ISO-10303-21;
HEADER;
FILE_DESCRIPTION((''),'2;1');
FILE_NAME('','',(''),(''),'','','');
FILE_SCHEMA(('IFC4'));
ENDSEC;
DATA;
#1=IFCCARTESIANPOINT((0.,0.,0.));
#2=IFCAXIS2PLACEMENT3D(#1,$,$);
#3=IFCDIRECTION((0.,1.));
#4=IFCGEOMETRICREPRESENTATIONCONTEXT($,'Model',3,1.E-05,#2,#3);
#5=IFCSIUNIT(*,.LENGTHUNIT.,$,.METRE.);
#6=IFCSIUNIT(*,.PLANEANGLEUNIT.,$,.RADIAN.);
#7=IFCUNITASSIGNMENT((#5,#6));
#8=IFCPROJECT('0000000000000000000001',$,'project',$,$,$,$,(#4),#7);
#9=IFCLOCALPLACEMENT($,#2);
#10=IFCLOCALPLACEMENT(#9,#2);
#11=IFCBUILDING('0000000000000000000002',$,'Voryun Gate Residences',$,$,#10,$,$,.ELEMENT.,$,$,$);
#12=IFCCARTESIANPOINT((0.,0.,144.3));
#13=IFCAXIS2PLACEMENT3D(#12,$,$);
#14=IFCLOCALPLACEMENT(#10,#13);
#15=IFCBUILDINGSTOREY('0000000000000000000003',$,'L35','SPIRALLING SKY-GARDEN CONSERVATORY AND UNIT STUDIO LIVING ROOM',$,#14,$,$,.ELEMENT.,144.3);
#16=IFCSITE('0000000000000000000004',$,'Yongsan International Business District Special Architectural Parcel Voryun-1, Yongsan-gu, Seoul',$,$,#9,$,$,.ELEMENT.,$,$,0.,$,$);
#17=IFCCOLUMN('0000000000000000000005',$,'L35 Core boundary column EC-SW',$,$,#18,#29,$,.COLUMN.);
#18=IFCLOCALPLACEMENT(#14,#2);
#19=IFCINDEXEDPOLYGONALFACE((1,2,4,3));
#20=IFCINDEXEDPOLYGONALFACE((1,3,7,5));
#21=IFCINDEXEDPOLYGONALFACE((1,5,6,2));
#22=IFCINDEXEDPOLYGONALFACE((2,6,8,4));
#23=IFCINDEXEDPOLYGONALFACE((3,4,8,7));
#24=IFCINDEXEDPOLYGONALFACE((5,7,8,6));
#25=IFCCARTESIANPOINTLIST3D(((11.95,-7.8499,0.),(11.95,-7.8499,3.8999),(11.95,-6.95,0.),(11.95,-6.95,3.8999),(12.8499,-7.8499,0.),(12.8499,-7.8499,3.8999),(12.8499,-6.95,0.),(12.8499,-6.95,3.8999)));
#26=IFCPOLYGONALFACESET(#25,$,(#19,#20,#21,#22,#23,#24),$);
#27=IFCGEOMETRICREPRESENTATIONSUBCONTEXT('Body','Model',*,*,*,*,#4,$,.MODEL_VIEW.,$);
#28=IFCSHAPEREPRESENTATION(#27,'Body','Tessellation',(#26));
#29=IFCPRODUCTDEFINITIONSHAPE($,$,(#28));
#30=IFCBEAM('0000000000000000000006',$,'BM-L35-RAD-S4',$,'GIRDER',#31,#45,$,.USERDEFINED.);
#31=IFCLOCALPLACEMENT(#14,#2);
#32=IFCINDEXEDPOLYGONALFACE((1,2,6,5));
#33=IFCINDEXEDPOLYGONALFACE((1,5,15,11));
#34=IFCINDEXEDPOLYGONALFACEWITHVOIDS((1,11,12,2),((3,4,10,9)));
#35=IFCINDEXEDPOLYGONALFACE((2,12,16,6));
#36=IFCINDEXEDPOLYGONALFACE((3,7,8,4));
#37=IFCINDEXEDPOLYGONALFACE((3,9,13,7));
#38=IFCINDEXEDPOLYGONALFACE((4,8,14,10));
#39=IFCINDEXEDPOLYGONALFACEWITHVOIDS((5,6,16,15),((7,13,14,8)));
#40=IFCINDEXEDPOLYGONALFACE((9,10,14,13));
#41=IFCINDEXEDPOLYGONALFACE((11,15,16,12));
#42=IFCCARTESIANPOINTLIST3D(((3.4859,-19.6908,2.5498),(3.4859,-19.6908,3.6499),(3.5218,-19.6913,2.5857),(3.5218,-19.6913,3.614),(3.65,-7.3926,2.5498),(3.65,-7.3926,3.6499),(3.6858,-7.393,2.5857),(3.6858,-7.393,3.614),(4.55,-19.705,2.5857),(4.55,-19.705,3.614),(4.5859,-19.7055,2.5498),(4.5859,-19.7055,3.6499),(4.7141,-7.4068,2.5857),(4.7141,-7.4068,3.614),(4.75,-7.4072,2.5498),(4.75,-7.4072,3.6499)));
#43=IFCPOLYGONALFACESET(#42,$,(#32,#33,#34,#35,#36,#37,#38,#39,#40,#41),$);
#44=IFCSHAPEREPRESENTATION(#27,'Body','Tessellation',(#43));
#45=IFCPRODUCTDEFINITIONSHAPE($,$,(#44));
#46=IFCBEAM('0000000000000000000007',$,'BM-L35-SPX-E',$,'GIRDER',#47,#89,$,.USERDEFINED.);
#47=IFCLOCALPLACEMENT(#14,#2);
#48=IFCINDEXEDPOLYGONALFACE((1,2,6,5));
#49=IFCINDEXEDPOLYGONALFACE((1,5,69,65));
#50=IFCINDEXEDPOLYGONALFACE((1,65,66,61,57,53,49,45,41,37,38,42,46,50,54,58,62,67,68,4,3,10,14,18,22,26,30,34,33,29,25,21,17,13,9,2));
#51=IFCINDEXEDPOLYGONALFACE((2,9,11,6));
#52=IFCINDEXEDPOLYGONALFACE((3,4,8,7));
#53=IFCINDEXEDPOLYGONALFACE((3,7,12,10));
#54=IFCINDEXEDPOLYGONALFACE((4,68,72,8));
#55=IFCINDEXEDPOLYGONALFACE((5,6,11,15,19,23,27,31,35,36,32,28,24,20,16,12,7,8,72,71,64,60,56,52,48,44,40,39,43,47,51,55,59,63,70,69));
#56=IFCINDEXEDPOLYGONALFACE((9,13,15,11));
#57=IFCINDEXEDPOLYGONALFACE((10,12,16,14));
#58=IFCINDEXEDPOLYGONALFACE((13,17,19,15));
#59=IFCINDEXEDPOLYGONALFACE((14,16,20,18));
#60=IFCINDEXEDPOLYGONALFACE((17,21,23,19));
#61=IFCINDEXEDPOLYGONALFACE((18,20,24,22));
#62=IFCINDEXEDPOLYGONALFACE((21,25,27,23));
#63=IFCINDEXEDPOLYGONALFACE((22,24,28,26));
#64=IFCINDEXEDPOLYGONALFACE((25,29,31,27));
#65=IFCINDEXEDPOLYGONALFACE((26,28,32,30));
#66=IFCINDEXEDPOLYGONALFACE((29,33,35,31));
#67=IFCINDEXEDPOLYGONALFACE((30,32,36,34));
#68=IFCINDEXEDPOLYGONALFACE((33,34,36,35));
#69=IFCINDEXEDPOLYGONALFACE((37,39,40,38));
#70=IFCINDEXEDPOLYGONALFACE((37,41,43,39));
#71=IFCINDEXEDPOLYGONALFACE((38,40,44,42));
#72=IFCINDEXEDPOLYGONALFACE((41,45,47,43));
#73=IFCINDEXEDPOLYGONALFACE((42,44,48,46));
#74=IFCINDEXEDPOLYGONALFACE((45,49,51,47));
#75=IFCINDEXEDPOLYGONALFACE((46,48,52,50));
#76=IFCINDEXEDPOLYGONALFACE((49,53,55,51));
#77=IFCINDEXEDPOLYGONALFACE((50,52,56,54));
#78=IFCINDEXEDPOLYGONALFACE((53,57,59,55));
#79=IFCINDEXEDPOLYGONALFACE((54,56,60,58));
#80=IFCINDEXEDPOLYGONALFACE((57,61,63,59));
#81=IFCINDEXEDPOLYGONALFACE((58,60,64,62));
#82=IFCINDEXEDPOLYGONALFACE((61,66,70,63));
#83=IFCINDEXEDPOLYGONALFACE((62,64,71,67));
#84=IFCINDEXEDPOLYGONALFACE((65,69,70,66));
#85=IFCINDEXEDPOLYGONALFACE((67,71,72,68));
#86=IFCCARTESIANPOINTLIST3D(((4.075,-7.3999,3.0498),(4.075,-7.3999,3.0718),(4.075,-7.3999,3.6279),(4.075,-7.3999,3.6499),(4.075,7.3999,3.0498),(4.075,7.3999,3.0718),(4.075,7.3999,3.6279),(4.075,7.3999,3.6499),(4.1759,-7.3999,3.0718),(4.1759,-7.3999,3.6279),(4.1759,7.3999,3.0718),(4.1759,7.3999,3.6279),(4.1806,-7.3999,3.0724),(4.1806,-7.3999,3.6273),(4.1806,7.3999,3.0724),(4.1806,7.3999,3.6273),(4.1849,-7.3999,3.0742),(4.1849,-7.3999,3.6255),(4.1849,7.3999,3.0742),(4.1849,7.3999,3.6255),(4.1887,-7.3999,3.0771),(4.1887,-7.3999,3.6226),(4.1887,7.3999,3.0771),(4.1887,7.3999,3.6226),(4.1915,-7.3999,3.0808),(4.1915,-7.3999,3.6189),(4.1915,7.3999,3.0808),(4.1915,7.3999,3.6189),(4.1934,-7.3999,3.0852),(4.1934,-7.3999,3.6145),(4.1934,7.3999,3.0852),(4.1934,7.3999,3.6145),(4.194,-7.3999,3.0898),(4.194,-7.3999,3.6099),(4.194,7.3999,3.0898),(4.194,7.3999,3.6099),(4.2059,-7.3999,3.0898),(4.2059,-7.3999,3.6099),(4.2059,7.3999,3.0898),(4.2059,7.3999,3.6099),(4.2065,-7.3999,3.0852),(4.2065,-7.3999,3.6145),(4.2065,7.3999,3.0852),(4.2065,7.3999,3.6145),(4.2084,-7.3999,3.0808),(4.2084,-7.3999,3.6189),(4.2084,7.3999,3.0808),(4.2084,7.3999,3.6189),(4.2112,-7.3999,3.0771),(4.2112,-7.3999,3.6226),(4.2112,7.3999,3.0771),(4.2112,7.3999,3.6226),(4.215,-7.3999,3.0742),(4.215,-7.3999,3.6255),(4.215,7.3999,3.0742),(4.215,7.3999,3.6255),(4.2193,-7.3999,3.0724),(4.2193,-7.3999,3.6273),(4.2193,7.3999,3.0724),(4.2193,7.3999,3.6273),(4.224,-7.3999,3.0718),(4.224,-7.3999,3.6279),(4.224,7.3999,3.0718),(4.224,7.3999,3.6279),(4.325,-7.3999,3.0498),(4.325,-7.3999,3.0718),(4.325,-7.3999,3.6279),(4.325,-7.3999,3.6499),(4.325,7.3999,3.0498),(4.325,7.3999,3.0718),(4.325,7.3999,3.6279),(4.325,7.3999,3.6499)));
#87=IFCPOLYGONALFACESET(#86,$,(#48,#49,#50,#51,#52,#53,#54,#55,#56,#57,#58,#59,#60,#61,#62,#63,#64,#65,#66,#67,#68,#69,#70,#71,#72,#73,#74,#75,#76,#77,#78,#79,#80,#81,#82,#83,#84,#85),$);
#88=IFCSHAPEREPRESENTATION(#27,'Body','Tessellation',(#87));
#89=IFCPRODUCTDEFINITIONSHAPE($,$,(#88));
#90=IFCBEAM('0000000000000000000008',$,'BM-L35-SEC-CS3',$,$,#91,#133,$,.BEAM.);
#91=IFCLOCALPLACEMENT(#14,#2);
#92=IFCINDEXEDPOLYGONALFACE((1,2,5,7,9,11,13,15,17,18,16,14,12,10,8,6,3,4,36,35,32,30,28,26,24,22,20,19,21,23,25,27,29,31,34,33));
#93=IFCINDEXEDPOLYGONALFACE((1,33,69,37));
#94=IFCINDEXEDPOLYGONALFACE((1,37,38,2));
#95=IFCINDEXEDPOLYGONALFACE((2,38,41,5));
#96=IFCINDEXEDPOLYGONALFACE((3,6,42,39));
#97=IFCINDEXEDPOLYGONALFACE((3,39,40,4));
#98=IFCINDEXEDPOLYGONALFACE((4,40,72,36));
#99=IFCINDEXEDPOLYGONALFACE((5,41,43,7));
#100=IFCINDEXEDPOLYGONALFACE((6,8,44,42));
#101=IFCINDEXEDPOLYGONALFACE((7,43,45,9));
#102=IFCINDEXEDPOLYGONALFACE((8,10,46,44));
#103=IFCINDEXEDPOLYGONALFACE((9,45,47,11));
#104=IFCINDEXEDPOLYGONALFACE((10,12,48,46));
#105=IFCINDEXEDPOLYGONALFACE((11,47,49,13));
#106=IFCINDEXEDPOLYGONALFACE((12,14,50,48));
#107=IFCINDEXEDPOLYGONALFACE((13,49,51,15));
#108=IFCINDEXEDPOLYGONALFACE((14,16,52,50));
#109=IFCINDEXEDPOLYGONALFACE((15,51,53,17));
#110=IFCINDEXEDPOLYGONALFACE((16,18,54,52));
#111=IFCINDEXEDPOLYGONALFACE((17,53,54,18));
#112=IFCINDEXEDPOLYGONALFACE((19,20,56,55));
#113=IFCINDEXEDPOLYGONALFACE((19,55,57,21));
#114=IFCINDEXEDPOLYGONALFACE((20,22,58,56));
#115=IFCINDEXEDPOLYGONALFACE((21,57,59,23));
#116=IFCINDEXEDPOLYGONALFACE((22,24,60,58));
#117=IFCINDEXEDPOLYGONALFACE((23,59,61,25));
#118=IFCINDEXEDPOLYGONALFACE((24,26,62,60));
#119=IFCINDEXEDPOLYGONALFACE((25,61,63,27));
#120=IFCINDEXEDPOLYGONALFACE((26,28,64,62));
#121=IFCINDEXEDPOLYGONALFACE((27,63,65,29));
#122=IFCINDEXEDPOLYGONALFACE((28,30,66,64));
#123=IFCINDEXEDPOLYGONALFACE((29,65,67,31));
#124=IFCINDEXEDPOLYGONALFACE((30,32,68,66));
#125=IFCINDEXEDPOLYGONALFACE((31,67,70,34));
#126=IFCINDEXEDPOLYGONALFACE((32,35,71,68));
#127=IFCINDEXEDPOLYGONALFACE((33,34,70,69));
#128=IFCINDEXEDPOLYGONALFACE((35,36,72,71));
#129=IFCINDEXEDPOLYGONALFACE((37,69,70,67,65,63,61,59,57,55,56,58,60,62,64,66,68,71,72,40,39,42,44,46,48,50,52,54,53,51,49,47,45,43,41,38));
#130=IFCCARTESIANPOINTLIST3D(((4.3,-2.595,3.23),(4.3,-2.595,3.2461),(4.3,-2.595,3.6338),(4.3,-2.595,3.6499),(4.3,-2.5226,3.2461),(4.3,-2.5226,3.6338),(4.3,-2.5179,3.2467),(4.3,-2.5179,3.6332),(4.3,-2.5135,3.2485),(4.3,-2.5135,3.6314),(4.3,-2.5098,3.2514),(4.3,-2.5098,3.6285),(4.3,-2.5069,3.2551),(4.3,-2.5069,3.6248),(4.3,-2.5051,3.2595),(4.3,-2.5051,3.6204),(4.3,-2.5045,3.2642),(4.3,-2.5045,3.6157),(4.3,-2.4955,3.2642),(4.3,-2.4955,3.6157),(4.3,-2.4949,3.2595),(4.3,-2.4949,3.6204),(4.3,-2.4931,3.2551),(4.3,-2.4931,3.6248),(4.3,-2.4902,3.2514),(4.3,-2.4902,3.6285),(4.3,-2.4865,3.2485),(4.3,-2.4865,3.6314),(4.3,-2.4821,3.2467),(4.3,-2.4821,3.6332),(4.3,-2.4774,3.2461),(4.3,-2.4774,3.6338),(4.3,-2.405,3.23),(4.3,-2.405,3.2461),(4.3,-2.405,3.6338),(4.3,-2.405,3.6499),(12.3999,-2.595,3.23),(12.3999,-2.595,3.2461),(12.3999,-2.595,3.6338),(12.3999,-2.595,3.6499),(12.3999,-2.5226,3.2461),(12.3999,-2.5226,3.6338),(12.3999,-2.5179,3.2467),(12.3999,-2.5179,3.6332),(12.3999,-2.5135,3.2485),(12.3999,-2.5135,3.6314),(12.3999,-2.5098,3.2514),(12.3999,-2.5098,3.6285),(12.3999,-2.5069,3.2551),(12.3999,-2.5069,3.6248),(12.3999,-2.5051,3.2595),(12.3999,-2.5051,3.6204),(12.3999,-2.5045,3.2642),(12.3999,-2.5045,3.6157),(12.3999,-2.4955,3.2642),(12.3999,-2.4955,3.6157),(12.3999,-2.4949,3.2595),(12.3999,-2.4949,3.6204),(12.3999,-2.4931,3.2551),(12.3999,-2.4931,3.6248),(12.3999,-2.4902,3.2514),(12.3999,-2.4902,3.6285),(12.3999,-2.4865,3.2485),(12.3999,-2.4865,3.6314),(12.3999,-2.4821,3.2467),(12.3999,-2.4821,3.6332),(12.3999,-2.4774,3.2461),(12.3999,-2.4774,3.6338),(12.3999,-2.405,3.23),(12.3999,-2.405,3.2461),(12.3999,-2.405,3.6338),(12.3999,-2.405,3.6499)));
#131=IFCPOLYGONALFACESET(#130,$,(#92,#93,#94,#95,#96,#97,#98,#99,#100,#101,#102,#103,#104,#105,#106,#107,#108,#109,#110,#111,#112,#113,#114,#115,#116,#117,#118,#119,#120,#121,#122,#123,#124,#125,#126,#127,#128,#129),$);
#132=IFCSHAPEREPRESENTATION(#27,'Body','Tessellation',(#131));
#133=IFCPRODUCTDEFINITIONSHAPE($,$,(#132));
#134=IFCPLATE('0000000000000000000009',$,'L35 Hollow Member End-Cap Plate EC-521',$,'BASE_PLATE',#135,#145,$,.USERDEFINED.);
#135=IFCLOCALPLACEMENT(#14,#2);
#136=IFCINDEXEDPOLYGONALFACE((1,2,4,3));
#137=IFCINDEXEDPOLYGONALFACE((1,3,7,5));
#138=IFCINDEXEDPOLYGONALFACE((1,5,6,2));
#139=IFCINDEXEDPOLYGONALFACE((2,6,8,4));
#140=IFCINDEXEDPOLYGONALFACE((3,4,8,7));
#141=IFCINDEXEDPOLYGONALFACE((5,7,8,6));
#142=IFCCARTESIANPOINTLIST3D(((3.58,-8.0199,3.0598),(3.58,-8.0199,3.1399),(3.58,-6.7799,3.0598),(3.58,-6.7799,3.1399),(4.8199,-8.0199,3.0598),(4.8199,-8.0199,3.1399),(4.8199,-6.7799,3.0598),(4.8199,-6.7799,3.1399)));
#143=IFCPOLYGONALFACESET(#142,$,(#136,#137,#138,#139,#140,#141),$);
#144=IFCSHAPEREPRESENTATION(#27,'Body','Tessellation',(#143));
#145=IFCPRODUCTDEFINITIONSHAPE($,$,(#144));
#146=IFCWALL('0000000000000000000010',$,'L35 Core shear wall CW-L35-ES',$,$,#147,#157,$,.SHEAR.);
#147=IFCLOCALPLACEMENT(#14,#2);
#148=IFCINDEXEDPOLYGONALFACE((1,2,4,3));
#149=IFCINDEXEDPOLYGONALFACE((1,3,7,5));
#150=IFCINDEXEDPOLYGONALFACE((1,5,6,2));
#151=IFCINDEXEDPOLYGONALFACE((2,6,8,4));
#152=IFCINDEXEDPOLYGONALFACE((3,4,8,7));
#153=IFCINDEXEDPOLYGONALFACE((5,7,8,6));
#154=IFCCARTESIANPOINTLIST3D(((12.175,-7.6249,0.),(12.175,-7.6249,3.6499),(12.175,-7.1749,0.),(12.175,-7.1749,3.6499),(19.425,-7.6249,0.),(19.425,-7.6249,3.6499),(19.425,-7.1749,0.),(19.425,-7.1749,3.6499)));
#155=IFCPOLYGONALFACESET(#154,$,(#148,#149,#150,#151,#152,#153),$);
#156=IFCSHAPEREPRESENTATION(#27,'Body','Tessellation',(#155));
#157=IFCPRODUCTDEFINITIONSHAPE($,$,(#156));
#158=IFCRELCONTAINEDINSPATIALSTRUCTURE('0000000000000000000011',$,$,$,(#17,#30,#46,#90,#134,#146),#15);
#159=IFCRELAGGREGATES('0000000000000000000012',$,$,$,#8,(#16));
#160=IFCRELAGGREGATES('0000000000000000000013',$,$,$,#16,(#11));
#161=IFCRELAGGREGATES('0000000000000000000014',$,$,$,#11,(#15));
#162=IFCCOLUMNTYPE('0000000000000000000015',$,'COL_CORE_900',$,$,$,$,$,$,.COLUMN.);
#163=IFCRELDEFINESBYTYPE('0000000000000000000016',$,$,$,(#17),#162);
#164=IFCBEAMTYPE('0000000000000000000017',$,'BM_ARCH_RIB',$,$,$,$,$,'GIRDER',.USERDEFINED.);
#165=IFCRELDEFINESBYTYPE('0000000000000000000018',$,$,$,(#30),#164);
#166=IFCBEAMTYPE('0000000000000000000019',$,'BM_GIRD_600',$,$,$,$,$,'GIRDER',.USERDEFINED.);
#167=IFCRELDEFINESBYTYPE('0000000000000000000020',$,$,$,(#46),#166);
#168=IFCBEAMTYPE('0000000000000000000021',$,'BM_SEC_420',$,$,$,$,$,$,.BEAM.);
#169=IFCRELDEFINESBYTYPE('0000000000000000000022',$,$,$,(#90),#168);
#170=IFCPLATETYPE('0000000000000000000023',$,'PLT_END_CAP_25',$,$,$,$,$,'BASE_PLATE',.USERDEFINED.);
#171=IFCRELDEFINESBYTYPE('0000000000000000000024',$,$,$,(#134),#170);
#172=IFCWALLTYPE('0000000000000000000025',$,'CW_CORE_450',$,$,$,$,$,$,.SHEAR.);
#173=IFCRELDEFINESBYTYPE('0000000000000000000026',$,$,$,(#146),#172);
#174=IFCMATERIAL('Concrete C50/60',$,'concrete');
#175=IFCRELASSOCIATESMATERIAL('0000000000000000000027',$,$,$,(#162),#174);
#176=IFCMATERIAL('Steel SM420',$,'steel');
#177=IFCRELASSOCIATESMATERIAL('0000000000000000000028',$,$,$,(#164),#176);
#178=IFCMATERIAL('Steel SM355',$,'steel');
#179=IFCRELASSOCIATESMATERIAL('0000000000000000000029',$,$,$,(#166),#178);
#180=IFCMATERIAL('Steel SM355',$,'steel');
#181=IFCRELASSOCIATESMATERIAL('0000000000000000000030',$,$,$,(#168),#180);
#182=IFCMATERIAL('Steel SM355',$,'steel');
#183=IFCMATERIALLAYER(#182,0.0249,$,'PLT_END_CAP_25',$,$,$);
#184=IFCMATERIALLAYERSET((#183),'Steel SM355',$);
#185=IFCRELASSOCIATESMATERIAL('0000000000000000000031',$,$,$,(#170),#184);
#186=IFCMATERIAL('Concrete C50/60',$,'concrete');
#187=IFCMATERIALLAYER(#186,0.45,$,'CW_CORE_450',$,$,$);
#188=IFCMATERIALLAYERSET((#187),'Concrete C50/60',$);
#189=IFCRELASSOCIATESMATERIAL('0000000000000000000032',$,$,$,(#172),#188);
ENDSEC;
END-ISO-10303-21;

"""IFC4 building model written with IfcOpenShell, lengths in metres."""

from ifc_helpers import new_model, si_unit, direction, frame, frame_2d, origin, origin_2d, place, context, subcontext, project, spatial, rectangle, hollow_rectangle, i_section, extrude, material, layer, layer_set, material_profile, profile_set, type_object, element, save


model = new_model("IFC4")

# Units and contexts
model_context = context("Model", 3, precision=1e-05, world=origin(), true_north=direction((0.0, 1.0)))
body_context = subcontext(model_context, "Body", "Model", "MODEL_VIEW")
ifc_project = project(units=[si_unit("LENGTHUNIT", "METRE"), si_unit("PLANEANGLEUNIT", "RADIAN")], contexts=[model_context])

# Site, building, storey
site_placement = place(None, origin())
site = spatial("IfcSite", under=ifc_project, at=site_placement, Name="Yongsan International Business District Special Architectural Parcel Voryun-1, Yongsan-gu, Seoul", CompositionType="ELEMENT", RefElevation=0.0)
building_placement = place(site_placement, origin())
building = spatial("IfcBuilding", under=site, at=building_placement, Name="Voryun Gate Residences", CompositionType="ELEMENT")
storey_placement = place(building_placement, frame((0.0, 0.0, 144.3)))
storey = spatial("IfcBuildingStorey", under=building, at=storey_placement, Name="L35", Description="SPIRALLING SKY-GARDEN CONSERVATORY AND UNIT STUDIO LIVING ROOM", CompositionType="ELEMENT", Elevation=144.3)

# Column
ifc_material_1 = material(Name="Concrete C50/60", Category="concrete")
ifc_material_profile_1 = material_profile(ifc_material_1, rectangle(XDim=0.8999, YDim=0.8999, at=origin_2d()), Name="RC-900x900")
ifc_profile_set_1 = profile_set([ifc_material_profile_1], Name="Concrete C50/60")
column_type = type_object("IfcColumnType", Name="COL_CORE_900", PredefinedType="COLUMN", material=ifc_profile_set_1)
column_placement = place(storey_placement, frame((12.3999, -7.3999, 0.0), z_axis=(0.0, 0.0, 1.0), x_axis=(1.0, 0.0, 0.0)))
element("IfcColumn", 1, at=column_placement, inside=storey, type_object=column_type, Name="L35 Core boundary column EC-SW", PredefinedType="COLUMN", context=body_context, shape_type="SweptSolid", body=[
    extrude(rectangle(XDim=0.8999, YDim=0.8999, at=origin_2d()), origin(), (0.0, 0.0, 1.0), 3.8999),
])

# Beams
ifc_material_2 = material(Name="Steel SM420", Category="steel")
ifc_material_profile_2 = material_profile(ifc_material_2, hollow_rectangle(XDim=1.1001, YDim=1.1001, WallThickness=0.0359, at=origin_2d()), Name="BOX-1100x1100x36")
ifc_profile_set_2 = profile_set([ifc_material_profile_2], Name="Steel SM420")
beam_type_1 = type_object("IfcBeamType", Name="BM_ARCH_RIB", ElementType="GIRDER", PredefinedType="USERDEFINED", material=ifc_profile_set_2)
beam_1_placement = place(storey_placement, frame((4.2, -7.3999, 3.0999), z_axis=(-0.013339, -0.999911, 0.0), x_axis=(0.999911, -0.013339, 0.0)))
element("IfcBeam", 2, at=beam_1_placement, inside=storey, type_object=beam_type_1, Name="BM-L35-RAD-S4", ObjectType="GIRDER", PredefinedType="USERDEFINED", context=body_context, shape_type="SweptSolid", body=[
    extrude(hollow_rectangle(XDim=1.1001, YDim=1.1001, WallThickness=0.0359, at=origin_2d()), origin(), (0.0, 0.0, 1.0), 12.2993),
])
ifc_material_3 = material(Name="Steel SM355", Category="steel")
ifc_material_profile_3 = material_profile(ifc_material_3, i_section(OverallWidth=0.25, OverallDepth=0.6001, WebThickness=0.012, FlangeThickness=0.022, FilletRadius=0.0181, at=origin_2d()), Name="H-600x250x12x22")
ifc_profile_set_3 = profile_set([ifc_material_profile_3], Name="Steel SM355")
beam_type_2 = type_object("IfcBeamType", Name="BM_GIRD_600", ElementType="GIRDER", PredefinedType="USERDEFINED", material=ifc_profile_set_3)
beam_2_placement = place(storey_placement, frame((4.2, -7.3999, 3.3499), z_axis=(0.0, 1.0, 0.0), x_axis=(-1.0, 0.0, 0.0)))
element("IfcBeam", 3, at=beam_2_placement, inside=storey, type_object=beam_type_2, Name="BM-L35-SPX-E", ObjectType="GIRDER", PredefinedType="USERDEFINED", context=body_context, shape_type="SweptSolid", body=[
    extrude(i_section(OverallWidth=0.25, OverallDepth=0.6001, WebThickness=0.012, FlangeThickness=0.022, FilletRadius=0.0181, at=origin_2d()), origin(), (0.0, 0.0, 1.0), 14.7998),
])
ifc_material_4 = material(Name="Steel SM355", Category="steel")
ifc_material_profile_4 = material_profile(ifc_material_4, i_section(OverallWidth=0.1899, OverallDepth=0.4199, WebThickness=0.009, FlangeThickness=0.0161, FilletRadius=0.0181, at=origin_2d()), Name="H-420x190x9x16")
ifc_profile_set_4 = profile_set([ifc_material_profile_4], Name="Steel SM355")
beam_type_3 = type_object("IfcBeamType", Name="BM_SEC_420", PredefinedType="BEAM", material=ifc_profile_set_4)
beam_3_placement = place(storey_placement, frame((4.3, -2.5, 3.4399), z_axis=(1.0, 0.0, 0.0), x_axis=(0.0, 1.0, 0.0)))
element("IfcBeam", 4, at=beam_3_placement, inside=storey, type_object=beam_type_3, Name="BM-L35-SEC-CS3", PredefinedType="BEAM", context=body_context, shape_type="SweptSolid", body=[
    extrude(i_section(OverallWidth=0.1899, OverallDepth=0.4199, WebThickness=0.009, FlangeThickness=0.0161, FilletRadius=0.0181, at=origin_2d()), origin(), (0.0, 0.0, 1.0), 8.0999),
])

# Plate
ifc_material_5 = material(Name="Steel SM355", Category="steel")
ifc_layer_1 = layer(ifc_material_5, 0.0249, Name="PLT_END_CAP_25")
ifc_layer_set_1 = layer_set([ifc_layer_1], Name="Steel SM355")
plate_type = type_object("IfcPlateType", Name="PLT_END_CAP_25", ElementType="BASE_PLATE", PredefinedType="USERDEFINED", material=ifc_layer_set_1)
plate_placement = place(storey_placement, frame((4.2, -7.3999, 3.0598), z_axis=(0.0, 0.0, 1.0), x_axis=(1.0, 0.0, 0.0)))
element("IfcPlate", 5, at=plate_placement, inside=storey, type_object=plate_type, Name="L35 Hollow Member End-Cap Plate EC-521", ObjectType="BASE_PLATE", PredefinedType="USERDEFINED", context=body_context, shape_type="SweptSolid", body=[
    extrude(rectangle(XDim=1.24, YDim=1.24, at=origin_2d()), origin(), (0.0, 0.0, 1.0), 0.0801),
])

# Wall
ifc_material_6 = material(Name="Concrete C50/60", Category="concrete")
ifc_layer_2 = layer(ifc_material_6, 0.45, Name="CW_CORE_450")
ifc_layer_set_2 = layer_set([ifc_layer_2], Name="Concrete C50/60")
wall_type_1 = type_object("IfcWallType", Name="CW_CORE_450", PredefinedType="SHEAR", material=ifc_layer_set_2)
wall_1_placement = place(storey_placement, frame((12.175, -7.3999, 0.0), z_axis=(0.0, 0.0, 1.0), x_axis=(1.0, 0.0, 0.0)))
element("IfcWall", 6, at=wall_1_placement, inside=storey, type_object=wall_type_1, Name="L35 Core shear wall CW-L35-ES", PredefinedType="SHEAR", context=body_context, shape_type="SweptSolid", body=[
    extrude(rectangle(XDim=7.25, YDim=0.45, at=frame_2d((3.625, 0.0))), origin(), (0.0, 0.0, 1.0), 3.6499),
])

save(model, "model.ifc")
